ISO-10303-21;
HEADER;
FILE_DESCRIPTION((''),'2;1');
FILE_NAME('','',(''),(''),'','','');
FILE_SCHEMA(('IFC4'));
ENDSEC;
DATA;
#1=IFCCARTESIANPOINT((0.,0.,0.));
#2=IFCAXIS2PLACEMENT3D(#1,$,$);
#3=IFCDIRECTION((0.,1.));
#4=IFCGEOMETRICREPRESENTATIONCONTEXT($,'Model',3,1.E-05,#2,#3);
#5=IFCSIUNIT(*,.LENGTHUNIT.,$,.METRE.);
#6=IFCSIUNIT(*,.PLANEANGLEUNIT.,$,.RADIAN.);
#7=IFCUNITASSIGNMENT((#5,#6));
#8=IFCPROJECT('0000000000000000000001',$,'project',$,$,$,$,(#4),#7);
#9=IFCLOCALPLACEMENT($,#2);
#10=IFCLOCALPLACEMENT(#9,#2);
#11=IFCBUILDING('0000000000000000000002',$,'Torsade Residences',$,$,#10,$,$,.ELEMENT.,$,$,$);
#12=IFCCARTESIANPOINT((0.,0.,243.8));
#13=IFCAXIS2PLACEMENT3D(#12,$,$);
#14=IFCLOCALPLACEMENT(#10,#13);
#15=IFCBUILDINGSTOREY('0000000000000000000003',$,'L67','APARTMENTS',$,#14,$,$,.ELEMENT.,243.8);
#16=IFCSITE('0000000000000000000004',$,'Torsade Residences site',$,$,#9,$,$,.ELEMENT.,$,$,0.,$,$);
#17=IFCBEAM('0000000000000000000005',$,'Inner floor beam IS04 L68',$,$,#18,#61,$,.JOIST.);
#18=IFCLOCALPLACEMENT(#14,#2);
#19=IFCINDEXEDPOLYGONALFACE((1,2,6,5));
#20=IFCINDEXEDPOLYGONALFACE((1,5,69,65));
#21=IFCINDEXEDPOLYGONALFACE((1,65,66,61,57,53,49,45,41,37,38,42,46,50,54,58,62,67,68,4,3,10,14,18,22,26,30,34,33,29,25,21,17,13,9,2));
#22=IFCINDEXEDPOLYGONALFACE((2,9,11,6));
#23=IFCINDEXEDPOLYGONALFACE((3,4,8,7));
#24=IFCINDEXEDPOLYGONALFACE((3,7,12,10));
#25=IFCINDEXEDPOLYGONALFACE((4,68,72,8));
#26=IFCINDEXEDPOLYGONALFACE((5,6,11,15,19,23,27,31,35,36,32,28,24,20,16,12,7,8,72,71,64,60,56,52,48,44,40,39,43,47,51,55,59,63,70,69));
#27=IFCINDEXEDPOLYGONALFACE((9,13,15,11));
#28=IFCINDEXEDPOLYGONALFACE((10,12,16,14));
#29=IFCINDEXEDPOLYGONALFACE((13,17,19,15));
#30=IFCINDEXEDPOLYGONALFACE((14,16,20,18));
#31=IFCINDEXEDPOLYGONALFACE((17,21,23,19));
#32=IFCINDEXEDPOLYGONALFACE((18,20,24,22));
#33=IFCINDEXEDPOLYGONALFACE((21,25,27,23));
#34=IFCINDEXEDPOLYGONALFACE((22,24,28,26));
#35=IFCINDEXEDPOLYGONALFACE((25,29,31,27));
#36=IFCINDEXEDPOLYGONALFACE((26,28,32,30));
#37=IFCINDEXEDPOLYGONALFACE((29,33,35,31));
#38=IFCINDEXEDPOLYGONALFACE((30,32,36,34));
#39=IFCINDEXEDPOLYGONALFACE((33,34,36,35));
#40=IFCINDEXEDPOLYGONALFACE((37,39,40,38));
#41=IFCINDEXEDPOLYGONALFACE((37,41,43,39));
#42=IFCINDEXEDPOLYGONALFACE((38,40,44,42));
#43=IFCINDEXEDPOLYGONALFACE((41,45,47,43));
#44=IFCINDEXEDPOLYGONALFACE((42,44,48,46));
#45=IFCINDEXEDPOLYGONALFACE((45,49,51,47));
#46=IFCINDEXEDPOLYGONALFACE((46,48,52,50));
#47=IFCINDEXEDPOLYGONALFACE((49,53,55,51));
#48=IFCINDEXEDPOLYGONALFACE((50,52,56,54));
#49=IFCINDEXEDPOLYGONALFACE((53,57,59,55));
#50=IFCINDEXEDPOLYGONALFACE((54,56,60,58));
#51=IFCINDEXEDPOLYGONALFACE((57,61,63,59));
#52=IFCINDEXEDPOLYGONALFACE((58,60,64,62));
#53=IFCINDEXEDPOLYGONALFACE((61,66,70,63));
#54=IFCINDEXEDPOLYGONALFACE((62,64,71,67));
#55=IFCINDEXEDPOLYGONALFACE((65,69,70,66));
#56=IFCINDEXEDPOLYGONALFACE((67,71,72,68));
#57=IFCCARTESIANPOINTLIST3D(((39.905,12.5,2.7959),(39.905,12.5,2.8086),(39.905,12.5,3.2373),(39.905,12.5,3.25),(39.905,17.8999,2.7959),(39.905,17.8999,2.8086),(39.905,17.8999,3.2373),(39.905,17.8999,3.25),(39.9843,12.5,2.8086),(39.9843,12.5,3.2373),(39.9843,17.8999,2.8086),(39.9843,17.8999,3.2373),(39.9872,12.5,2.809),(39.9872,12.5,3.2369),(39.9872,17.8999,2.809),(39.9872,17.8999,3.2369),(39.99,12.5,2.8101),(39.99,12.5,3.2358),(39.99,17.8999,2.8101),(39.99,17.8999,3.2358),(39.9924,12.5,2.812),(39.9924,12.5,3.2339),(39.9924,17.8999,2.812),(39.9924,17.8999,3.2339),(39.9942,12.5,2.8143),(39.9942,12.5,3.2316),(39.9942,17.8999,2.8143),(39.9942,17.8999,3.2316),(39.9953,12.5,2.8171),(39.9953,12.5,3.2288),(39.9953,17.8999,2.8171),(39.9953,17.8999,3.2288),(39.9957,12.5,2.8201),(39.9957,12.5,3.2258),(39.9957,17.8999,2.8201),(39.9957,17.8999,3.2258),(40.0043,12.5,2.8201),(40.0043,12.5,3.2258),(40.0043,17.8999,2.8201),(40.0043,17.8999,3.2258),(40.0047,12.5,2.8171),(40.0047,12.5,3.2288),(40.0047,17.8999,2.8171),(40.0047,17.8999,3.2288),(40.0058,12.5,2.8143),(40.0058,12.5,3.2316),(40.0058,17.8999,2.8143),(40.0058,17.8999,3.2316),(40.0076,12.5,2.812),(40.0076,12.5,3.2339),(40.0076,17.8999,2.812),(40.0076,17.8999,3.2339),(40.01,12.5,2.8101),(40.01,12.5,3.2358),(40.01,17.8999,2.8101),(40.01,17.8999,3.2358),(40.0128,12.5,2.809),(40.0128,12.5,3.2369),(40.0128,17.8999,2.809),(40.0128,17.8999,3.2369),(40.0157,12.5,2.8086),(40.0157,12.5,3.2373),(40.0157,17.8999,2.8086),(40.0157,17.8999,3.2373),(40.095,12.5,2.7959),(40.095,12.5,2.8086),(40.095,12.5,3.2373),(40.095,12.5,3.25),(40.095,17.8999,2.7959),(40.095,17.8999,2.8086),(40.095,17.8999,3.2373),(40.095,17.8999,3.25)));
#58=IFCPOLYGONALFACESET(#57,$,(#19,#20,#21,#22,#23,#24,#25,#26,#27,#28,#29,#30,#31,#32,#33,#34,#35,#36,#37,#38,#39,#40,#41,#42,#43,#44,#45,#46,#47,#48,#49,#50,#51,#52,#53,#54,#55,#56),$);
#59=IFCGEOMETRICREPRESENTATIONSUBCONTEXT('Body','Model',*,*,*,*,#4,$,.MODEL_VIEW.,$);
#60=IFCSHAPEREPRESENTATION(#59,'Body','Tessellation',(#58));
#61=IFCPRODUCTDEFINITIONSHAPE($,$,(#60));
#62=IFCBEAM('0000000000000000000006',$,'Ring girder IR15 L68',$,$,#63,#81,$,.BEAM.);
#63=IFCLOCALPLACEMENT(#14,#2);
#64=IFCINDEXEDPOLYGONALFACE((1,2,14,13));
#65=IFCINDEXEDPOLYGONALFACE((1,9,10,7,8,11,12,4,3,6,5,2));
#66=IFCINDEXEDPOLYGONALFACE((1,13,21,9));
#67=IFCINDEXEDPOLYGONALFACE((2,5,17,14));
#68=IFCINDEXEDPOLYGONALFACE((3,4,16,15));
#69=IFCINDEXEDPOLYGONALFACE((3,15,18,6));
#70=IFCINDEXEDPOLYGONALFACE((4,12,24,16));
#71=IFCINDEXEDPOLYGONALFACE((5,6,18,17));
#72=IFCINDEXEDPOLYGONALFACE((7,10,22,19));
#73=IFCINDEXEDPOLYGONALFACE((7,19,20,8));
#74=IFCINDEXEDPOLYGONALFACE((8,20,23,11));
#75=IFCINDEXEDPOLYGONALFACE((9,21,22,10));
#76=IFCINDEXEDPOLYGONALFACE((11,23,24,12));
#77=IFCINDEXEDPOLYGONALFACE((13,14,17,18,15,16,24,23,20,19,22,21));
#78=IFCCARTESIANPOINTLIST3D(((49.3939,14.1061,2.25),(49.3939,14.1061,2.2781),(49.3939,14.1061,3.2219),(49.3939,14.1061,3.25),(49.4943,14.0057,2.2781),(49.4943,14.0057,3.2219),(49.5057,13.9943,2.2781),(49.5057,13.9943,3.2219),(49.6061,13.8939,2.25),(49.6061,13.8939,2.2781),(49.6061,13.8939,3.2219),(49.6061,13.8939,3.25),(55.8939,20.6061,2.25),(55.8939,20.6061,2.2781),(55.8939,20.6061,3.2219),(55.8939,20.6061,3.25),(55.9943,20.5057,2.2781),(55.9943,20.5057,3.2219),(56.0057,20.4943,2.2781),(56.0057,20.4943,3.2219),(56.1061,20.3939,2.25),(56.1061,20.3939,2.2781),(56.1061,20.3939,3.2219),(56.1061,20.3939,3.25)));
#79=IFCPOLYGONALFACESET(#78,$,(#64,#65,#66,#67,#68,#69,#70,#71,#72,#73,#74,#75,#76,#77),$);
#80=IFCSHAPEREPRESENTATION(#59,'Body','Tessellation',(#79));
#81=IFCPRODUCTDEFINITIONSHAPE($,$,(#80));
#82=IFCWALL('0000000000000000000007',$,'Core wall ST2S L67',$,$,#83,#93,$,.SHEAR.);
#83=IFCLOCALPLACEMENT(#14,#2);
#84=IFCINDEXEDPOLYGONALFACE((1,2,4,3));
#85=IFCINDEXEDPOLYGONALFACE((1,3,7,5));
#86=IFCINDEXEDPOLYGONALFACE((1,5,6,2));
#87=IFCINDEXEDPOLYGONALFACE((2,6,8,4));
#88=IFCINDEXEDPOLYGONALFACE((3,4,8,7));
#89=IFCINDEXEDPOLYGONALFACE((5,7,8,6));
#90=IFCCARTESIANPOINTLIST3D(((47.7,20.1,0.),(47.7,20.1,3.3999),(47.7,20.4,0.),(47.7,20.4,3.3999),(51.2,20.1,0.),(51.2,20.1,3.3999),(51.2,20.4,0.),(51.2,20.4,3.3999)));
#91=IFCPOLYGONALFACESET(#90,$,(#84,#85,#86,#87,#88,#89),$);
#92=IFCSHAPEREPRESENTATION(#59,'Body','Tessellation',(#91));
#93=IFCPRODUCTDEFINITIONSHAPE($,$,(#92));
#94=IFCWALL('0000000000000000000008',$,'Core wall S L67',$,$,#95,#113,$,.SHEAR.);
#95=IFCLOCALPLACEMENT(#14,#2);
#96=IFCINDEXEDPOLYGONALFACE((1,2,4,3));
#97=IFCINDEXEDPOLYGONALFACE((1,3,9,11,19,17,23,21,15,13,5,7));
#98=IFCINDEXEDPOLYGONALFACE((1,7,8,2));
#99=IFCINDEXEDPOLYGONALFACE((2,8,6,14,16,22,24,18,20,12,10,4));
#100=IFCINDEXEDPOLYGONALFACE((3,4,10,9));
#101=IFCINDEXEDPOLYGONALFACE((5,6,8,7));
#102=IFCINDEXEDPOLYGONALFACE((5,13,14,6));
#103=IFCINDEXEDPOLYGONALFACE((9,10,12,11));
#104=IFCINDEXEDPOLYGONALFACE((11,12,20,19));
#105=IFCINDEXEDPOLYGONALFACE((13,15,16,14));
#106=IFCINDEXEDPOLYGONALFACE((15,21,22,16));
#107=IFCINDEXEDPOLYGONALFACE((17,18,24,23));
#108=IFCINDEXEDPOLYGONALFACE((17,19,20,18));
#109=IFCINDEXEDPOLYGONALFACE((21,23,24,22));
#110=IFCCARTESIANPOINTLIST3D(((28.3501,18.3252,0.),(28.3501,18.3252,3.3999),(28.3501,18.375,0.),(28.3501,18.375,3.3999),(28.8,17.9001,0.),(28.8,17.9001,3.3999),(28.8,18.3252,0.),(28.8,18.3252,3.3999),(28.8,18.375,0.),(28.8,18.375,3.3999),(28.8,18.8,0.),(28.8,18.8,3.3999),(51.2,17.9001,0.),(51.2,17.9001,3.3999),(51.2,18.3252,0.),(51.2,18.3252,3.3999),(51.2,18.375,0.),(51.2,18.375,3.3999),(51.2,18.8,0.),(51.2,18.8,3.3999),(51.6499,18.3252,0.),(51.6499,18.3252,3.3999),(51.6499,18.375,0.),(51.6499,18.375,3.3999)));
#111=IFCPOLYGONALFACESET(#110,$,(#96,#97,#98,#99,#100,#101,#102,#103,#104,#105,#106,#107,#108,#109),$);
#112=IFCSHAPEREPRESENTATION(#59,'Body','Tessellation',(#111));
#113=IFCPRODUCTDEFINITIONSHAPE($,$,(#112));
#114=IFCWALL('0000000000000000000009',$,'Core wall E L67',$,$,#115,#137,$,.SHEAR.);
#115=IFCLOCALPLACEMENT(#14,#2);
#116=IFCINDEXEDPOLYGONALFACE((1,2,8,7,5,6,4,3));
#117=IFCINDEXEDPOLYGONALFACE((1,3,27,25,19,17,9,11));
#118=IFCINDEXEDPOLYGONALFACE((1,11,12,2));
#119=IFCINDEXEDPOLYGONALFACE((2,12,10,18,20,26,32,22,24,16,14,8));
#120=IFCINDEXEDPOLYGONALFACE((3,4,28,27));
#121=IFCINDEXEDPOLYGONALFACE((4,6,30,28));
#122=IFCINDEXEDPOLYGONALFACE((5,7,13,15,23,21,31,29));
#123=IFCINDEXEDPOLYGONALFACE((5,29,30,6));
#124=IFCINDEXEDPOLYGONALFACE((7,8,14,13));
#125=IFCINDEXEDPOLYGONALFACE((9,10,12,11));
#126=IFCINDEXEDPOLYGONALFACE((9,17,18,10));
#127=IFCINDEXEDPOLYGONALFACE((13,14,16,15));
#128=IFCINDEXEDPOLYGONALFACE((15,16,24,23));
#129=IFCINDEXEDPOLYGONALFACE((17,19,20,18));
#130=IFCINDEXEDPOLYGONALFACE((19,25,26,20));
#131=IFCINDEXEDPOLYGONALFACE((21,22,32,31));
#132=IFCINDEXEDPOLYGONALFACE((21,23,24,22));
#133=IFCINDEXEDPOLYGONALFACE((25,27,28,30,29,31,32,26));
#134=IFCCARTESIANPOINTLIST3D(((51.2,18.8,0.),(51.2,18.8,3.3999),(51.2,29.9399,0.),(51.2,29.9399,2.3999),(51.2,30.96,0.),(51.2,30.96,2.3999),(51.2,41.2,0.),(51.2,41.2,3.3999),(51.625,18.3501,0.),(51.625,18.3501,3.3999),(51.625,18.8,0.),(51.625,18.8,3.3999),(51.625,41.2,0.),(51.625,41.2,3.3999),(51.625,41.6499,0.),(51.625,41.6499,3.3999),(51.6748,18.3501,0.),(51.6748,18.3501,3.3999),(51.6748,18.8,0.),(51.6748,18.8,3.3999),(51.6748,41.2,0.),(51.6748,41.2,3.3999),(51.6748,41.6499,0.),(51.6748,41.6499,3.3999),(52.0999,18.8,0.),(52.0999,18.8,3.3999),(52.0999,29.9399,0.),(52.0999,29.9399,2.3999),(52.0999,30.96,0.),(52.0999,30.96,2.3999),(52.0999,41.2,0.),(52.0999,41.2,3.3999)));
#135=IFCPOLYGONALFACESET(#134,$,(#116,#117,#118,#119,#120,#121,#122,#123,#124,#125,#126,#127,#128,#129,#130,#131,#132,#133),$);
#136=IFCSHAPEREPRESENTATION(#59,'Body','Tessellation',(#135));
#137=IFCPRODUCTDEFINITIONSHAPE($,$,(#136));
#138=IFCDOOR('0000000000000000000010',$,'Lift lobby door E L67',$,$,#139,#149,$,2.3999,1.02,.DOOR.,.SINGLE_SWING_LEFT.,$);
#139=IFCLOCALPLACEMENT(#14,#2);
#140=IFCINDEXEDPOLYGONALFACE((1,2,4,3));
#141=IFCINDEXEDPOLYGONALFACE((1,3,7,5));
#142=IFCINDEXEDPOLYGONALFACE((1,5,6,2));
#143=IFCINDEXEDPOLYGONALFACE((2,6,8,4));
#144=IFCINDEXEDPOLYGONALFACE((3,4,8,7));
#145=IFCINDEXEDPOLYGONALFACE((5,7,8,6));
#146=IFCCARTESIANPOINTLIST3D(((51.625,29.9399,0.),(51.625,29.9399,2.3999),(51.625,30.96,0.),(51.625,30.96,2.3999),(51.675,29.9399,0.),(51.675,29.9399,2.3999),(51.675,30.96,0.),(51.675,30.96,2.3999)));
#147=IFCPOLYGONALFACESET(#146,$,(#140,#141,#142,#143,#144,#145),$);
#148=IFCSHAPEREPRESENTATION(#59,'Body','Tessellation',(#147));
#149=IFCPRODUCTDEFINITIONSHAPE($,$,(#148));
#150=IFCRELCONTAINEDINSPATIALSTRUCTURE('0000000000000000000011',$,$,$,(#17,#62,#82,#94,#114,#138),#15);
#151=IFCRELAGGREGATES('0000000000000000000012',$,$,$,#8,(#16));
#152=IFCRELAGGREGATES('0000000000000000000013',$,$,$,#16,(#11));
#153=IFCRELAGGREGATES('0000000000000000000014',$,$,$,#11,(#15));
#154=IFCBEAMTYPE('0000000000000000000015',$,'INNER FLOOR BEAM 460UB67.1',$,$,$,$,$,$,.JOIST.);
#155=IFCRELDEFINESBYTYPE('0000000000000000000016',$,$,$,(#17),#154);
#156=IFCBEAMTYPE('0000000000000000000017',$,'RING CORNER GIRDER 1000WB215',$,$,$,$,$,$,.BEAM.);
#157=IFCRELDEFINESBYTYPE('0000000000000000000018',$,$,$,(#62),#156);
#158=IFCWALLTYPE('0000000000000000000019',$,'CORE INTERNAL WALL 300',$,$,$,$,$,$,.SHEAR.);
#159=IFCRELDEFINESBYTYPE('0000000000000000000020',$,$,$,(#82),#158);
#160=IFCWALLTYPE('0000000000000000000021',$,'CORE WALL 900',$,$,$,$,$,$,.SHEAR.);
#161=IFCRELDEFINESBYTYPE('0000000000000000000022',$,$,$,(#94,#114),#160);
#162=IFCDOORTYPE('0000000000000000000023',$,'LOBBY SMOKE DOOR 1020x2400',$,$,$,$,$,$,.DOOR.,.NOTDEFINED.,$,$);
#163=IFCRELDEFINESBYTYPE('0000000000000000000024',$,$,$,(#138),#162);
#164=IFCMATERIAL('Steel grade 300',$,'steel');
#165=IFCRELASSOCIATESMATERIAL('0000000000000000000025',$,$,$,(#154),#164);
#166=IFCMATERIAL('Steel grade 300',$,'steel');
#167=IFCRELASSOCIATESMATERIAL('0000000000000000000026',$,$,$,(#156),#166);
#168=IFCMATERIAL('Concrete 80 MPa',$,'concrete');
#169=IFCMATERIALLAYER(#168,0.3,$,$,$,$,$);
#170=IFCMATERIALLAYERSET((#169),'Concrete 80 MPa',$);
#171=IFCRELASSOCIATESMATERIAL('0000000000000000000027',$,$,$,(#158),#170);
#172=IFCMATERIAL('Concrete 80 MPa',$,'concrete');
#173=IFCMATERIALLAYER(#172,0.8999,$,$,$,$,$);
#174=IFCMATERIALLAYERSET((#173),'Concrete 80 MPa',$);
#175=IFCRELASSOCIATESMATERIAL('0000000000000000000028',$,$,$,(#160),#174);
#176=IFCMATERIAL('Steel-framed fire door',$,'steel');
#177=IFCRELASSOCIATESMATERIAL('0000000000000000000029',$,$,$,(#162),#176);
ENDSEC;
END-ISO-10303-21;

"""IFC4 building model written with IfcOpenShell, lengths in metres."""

from ifc_helpers import new_model, si_unit, direction, frame, frame_2d, origin, origin_2d, place, context, subcontext, project, spatial, polyline, rectangle, i_section, outline, extrude, material, layer, layer_set, material_profile, profile_set, type_object, element, fill, save


model = new_model("IFC4")

# Units and contexts
model_context = context("Model", 3, precision=1e-05, world=origin(), true_north=direction((0.0, 1.0)))
body_context = subcontext(model_context, "Body", "Model", "MODEL_VIEW")
ifc_project = project(units=[si_unit("LENGTHUNIT", "METRE"), si_unit("PLANEANGLEUNIT", "RADIAN")], contexts=[model_context])

# Site, building, storey
site_placement = place(None, origin())
site = spatial("IfcSite", under=ifc_project, at=site_placement, Name="Torsade Residences site", CompositionType="ELEMENT", RefElevation=0.0)
building_placement = place(site_placement, origin())
building = spatial("IfcBuilding", under=site, at=building_placement, Name="Torsade Residences", CompositionType="ELEMENT")
storey_placement = place(building_placement, frame((0.0, 0.0, 243.8)))
storey = spatial("IfcBuildingStorey", under=building, at=storey_placement, Name="L67", Description="APARTMENTS", CompositionType="ELEMENT", Elevation=243.8)

# Beams
ifc_material_1 = material(Name="Steel grade 300", Category="steel")
ifc_material_profile_1 = material_profile(ifc_material_1, i_section(OverallWidth=0.1899, OverallDepth=0.4541, WebThickness=0.0085, FlangeThickness=0.0127, FilletRadius=0.0115, at=origin_2d()), Name="460UB67.1")
ifc_profile_set_1 = profile_set([ifc_material_profile_1], Name="Steel grade 300")
beam_type_1 = type_object("IfcBeamType", Name="INNER FLOOR BEAM 460UB67.1", PredefinedType="JOIST", material=ifc_profile_set_1)
for number, where, z_axis, x_axis, name in (
    (1, (40.0, 17.8999, 3.0229), (0.0, -1.0, 0.0), (1.0, 0.0, 0.0), "Inner floor beam IS04 L68"),
):
    element("IfcBeam", number, at=place(storey_placement, frame(where, z_axis=z_axis, x_axis=x_axis)), inside=storey, type_object=beam_type_1, Name=name, PredefinedType="JOIST", context=body_context, shape_type="SweptSolid", body=[
        extrude(i_section(OverallWidth=0.1899, OverallDepth=0.4541, WebThickness=0.0085, FlangeThickness=0.0127, FilletRadius=0.0115, at=origin_2d()), origin(), (0.0, 0.0, 1.0), 5.3999),
    ])
ifc_material_2 = material(Name="Steel grade 300", Category="steel")
ifc_material_profile_2 = material_profile(ifc_material_2, i_section(OverallWidth=0.3, OverallDepth=1.0, WebThickness=0.0161, FlangeThickness=0.0281, at=origin_2d()), Name="1000WB215")
ifc_profile_set_2 = profile_set([ifc_material_profile_2], Name="Steel grade 300")
beam_type_2 = type_object("IfcBeamType", Name="RING CORNER GIRDER 1000WB215", PredefinedType="BEAM", material=ifc_profile_set_2)
beam_1_placement = place(storey_placement, frame((49.5, 14.0, 2.75), z_axis=(0.707107, 0.707107, 0.0), x_axis=(-0.707107, 0.707107, 0.0)))
element("IfcBeam", 2, at=beam_1_placement, inside=storey, type_object=beam_type_2, Name="Ring girder IR15 L68", PredefinedType="BEAM", context=body_context, shape_type="SweptSolid", body=[
    extrude(i_section(OverallWidth=0.3, OverallDepth=1.0, WebThickness=0.0161, FlangeThickness=0.0281, at=origin_2d()), origin(), (0.0, 0.0, 1.0), 9.1924),
])

# Walls
ifc_material_3 = material(Name="Concrete 80 MPa", Category="concrete")
ifc_layer_1 = layer(ifc_material_3, 0.3)
ifc_layer_set_1 = layer_set([ifc_layer_1], Name="Concrete 80 MPa")
wall_type_1 = type_object("IfcWallType", Name="CORE INTERNAL WALL 300", PredefinedType="SHEAR", material=ifc_layer_set_1)
wall_1_placement = place(storey_placement, frame((51.2, 20.25, 0.0), z_axis=(0.0, 0.0, 1.0), x_axis=(-1.0, 0.0, 0.0)))
element("IfcWall", 3, at=wall_1_placement, inside=storey, type_object=wall_type_1, Name="Core wall ST2S L67", PredefinedType="SHEAR", context=body_context, shape_type="SweptSolid", body=[
    extrude(rectangle(XDim=3.5, YDim=0.3, at=frame_2d((1.75, 0.0))), origin(), (0.0, 0.0, 1.0), 3.3999),
])
ifc_material_4 = material(Name="Concrete 80 MPa", Category="concrete")
ifc_layer_2 = layer(ifc_material_4, 0.8999)
ifc_layer_set_2 = layer_set([ifc_layer_2], Name="Concrete 80 MPa")
wall_type_2 = type_object("IfcWallType", Name="CORE WALL 900", PredefinedType="SHEAR", material=ifc_layer_set_2)
wall_2_placement = place(storey_placement, frame((51.2, 18.3501, 0.0), z_axis=(0.0, 0.0, 1.0), x_axis=(-1.0, 0.0, 0.0)))
element("IfcWall", 4, at=wall_2_placement, inside=storey, type_object=wall_type_2, Name="Core wall S L67", PredefinedType="SHEAR", context=body_context, shape_type="SweptSolid", body=[
    extrude(outline(polyline([(0.0, -0.45), (22.3999, -0.45), (22.3999, -0.0249), (22.8499, -0.0249), (22.8499, 0.0249), (22.3999, 0.0249), (22.3999, 0.45), (0.0, 0.45), (0.0, 0.0249), (-0.45, 0.0249), (-0.45, -0.0249), (0.0, -0.0249), (0.0, -0.45)])), origin(), (0.0, 0.0, 1.0), 3.3999),
])

# Wall, opening, door
wall_3_placement = place(storey_placement, frame((51.6499, 18.8, 0.0), z_axis=(0.0, 0.0, 1.0), x_axis=(0.0, 1.0, 0.0)))
wall_3 = element("IfcWall", 5, at=wall_3_placement, inside=storey, type_object=wall_type_2, Name="Core wall E L67", PredefinedType="SHEAR", context=body_context, shape_type="SweptSolid", body=[
    extrude(outline(polyline([(0.0, -0.45), (22.3999, -0.45), (22.3999, -0.0249), (22.8499, -0.0249), (22.8499, 0.0249), (22.3999, 0.0249), (22.3999, 0.45), (0.0, 0.45), (0.0, 0.0249), (-0.45, 0.0249), (-0.45, -0.0249), (0.0, -0.0249), (0.0, -0.45)])), origin(), (0.0, 0.0, 1.0), 3.3999),
])
opening_1_placement = place(wall_3_placement, frame((11.1399, 0.0, 0.0)))
opening_1 = element("IfcOpeningElement", 6, at=opening_1_placement, cuts=wall_3, PredefinedType="OPENING", context=body_context, shape_type="SweptSolid", body=[
    extrude(rectangle(XDim=1.02, YDim=2.3999, at=frame_2d((0.51, 1.2))), frame((0.0, 0.46, 0.0), z_axis=(0.0, -1.0, 0.0), x_axis=(1.0, 0.0, 0.0)), (0.0, 0.0, 1.0), 0.9199),
])
ifc_material_5 = material(Name="Steel-framed fire door", Category="steel")
door_type_1 = type_object("IfcDoorType", Name="LOBBY SMOKE DOOR 1020x2400", OperationType="NOTDEFINED", PredefinedType="DOOR", material=ifc_material_5)
door_1_placement = place(opening_1_placement, origin())
door_1 = element("IfcDoor", 7, at=door_1_placement, inside=storey, type_object=door_type_1, Name="Lift lobby door E L67", OperationType="SINGLE_SWING_LEFT", OverallHeight=2.3999, OverallWidth=1.02, PredefinedType="DOOR", context=body_context, shape_type="SweptSolid", body=[
    extrude(rectangle(XDim=1.02, YDim=2.3999, at=frame_2d((0.51, 1.2))), frame((0.0, 0.0249, 0.0), z_axis=(0.0, -1.0, 0.0), x_axis=(1.0, 0.0, 0.0)), (0.0, 0.0, 1.0), 0.05),
])
fill(opening_1, door_1)

save(model, "model.ifc")
